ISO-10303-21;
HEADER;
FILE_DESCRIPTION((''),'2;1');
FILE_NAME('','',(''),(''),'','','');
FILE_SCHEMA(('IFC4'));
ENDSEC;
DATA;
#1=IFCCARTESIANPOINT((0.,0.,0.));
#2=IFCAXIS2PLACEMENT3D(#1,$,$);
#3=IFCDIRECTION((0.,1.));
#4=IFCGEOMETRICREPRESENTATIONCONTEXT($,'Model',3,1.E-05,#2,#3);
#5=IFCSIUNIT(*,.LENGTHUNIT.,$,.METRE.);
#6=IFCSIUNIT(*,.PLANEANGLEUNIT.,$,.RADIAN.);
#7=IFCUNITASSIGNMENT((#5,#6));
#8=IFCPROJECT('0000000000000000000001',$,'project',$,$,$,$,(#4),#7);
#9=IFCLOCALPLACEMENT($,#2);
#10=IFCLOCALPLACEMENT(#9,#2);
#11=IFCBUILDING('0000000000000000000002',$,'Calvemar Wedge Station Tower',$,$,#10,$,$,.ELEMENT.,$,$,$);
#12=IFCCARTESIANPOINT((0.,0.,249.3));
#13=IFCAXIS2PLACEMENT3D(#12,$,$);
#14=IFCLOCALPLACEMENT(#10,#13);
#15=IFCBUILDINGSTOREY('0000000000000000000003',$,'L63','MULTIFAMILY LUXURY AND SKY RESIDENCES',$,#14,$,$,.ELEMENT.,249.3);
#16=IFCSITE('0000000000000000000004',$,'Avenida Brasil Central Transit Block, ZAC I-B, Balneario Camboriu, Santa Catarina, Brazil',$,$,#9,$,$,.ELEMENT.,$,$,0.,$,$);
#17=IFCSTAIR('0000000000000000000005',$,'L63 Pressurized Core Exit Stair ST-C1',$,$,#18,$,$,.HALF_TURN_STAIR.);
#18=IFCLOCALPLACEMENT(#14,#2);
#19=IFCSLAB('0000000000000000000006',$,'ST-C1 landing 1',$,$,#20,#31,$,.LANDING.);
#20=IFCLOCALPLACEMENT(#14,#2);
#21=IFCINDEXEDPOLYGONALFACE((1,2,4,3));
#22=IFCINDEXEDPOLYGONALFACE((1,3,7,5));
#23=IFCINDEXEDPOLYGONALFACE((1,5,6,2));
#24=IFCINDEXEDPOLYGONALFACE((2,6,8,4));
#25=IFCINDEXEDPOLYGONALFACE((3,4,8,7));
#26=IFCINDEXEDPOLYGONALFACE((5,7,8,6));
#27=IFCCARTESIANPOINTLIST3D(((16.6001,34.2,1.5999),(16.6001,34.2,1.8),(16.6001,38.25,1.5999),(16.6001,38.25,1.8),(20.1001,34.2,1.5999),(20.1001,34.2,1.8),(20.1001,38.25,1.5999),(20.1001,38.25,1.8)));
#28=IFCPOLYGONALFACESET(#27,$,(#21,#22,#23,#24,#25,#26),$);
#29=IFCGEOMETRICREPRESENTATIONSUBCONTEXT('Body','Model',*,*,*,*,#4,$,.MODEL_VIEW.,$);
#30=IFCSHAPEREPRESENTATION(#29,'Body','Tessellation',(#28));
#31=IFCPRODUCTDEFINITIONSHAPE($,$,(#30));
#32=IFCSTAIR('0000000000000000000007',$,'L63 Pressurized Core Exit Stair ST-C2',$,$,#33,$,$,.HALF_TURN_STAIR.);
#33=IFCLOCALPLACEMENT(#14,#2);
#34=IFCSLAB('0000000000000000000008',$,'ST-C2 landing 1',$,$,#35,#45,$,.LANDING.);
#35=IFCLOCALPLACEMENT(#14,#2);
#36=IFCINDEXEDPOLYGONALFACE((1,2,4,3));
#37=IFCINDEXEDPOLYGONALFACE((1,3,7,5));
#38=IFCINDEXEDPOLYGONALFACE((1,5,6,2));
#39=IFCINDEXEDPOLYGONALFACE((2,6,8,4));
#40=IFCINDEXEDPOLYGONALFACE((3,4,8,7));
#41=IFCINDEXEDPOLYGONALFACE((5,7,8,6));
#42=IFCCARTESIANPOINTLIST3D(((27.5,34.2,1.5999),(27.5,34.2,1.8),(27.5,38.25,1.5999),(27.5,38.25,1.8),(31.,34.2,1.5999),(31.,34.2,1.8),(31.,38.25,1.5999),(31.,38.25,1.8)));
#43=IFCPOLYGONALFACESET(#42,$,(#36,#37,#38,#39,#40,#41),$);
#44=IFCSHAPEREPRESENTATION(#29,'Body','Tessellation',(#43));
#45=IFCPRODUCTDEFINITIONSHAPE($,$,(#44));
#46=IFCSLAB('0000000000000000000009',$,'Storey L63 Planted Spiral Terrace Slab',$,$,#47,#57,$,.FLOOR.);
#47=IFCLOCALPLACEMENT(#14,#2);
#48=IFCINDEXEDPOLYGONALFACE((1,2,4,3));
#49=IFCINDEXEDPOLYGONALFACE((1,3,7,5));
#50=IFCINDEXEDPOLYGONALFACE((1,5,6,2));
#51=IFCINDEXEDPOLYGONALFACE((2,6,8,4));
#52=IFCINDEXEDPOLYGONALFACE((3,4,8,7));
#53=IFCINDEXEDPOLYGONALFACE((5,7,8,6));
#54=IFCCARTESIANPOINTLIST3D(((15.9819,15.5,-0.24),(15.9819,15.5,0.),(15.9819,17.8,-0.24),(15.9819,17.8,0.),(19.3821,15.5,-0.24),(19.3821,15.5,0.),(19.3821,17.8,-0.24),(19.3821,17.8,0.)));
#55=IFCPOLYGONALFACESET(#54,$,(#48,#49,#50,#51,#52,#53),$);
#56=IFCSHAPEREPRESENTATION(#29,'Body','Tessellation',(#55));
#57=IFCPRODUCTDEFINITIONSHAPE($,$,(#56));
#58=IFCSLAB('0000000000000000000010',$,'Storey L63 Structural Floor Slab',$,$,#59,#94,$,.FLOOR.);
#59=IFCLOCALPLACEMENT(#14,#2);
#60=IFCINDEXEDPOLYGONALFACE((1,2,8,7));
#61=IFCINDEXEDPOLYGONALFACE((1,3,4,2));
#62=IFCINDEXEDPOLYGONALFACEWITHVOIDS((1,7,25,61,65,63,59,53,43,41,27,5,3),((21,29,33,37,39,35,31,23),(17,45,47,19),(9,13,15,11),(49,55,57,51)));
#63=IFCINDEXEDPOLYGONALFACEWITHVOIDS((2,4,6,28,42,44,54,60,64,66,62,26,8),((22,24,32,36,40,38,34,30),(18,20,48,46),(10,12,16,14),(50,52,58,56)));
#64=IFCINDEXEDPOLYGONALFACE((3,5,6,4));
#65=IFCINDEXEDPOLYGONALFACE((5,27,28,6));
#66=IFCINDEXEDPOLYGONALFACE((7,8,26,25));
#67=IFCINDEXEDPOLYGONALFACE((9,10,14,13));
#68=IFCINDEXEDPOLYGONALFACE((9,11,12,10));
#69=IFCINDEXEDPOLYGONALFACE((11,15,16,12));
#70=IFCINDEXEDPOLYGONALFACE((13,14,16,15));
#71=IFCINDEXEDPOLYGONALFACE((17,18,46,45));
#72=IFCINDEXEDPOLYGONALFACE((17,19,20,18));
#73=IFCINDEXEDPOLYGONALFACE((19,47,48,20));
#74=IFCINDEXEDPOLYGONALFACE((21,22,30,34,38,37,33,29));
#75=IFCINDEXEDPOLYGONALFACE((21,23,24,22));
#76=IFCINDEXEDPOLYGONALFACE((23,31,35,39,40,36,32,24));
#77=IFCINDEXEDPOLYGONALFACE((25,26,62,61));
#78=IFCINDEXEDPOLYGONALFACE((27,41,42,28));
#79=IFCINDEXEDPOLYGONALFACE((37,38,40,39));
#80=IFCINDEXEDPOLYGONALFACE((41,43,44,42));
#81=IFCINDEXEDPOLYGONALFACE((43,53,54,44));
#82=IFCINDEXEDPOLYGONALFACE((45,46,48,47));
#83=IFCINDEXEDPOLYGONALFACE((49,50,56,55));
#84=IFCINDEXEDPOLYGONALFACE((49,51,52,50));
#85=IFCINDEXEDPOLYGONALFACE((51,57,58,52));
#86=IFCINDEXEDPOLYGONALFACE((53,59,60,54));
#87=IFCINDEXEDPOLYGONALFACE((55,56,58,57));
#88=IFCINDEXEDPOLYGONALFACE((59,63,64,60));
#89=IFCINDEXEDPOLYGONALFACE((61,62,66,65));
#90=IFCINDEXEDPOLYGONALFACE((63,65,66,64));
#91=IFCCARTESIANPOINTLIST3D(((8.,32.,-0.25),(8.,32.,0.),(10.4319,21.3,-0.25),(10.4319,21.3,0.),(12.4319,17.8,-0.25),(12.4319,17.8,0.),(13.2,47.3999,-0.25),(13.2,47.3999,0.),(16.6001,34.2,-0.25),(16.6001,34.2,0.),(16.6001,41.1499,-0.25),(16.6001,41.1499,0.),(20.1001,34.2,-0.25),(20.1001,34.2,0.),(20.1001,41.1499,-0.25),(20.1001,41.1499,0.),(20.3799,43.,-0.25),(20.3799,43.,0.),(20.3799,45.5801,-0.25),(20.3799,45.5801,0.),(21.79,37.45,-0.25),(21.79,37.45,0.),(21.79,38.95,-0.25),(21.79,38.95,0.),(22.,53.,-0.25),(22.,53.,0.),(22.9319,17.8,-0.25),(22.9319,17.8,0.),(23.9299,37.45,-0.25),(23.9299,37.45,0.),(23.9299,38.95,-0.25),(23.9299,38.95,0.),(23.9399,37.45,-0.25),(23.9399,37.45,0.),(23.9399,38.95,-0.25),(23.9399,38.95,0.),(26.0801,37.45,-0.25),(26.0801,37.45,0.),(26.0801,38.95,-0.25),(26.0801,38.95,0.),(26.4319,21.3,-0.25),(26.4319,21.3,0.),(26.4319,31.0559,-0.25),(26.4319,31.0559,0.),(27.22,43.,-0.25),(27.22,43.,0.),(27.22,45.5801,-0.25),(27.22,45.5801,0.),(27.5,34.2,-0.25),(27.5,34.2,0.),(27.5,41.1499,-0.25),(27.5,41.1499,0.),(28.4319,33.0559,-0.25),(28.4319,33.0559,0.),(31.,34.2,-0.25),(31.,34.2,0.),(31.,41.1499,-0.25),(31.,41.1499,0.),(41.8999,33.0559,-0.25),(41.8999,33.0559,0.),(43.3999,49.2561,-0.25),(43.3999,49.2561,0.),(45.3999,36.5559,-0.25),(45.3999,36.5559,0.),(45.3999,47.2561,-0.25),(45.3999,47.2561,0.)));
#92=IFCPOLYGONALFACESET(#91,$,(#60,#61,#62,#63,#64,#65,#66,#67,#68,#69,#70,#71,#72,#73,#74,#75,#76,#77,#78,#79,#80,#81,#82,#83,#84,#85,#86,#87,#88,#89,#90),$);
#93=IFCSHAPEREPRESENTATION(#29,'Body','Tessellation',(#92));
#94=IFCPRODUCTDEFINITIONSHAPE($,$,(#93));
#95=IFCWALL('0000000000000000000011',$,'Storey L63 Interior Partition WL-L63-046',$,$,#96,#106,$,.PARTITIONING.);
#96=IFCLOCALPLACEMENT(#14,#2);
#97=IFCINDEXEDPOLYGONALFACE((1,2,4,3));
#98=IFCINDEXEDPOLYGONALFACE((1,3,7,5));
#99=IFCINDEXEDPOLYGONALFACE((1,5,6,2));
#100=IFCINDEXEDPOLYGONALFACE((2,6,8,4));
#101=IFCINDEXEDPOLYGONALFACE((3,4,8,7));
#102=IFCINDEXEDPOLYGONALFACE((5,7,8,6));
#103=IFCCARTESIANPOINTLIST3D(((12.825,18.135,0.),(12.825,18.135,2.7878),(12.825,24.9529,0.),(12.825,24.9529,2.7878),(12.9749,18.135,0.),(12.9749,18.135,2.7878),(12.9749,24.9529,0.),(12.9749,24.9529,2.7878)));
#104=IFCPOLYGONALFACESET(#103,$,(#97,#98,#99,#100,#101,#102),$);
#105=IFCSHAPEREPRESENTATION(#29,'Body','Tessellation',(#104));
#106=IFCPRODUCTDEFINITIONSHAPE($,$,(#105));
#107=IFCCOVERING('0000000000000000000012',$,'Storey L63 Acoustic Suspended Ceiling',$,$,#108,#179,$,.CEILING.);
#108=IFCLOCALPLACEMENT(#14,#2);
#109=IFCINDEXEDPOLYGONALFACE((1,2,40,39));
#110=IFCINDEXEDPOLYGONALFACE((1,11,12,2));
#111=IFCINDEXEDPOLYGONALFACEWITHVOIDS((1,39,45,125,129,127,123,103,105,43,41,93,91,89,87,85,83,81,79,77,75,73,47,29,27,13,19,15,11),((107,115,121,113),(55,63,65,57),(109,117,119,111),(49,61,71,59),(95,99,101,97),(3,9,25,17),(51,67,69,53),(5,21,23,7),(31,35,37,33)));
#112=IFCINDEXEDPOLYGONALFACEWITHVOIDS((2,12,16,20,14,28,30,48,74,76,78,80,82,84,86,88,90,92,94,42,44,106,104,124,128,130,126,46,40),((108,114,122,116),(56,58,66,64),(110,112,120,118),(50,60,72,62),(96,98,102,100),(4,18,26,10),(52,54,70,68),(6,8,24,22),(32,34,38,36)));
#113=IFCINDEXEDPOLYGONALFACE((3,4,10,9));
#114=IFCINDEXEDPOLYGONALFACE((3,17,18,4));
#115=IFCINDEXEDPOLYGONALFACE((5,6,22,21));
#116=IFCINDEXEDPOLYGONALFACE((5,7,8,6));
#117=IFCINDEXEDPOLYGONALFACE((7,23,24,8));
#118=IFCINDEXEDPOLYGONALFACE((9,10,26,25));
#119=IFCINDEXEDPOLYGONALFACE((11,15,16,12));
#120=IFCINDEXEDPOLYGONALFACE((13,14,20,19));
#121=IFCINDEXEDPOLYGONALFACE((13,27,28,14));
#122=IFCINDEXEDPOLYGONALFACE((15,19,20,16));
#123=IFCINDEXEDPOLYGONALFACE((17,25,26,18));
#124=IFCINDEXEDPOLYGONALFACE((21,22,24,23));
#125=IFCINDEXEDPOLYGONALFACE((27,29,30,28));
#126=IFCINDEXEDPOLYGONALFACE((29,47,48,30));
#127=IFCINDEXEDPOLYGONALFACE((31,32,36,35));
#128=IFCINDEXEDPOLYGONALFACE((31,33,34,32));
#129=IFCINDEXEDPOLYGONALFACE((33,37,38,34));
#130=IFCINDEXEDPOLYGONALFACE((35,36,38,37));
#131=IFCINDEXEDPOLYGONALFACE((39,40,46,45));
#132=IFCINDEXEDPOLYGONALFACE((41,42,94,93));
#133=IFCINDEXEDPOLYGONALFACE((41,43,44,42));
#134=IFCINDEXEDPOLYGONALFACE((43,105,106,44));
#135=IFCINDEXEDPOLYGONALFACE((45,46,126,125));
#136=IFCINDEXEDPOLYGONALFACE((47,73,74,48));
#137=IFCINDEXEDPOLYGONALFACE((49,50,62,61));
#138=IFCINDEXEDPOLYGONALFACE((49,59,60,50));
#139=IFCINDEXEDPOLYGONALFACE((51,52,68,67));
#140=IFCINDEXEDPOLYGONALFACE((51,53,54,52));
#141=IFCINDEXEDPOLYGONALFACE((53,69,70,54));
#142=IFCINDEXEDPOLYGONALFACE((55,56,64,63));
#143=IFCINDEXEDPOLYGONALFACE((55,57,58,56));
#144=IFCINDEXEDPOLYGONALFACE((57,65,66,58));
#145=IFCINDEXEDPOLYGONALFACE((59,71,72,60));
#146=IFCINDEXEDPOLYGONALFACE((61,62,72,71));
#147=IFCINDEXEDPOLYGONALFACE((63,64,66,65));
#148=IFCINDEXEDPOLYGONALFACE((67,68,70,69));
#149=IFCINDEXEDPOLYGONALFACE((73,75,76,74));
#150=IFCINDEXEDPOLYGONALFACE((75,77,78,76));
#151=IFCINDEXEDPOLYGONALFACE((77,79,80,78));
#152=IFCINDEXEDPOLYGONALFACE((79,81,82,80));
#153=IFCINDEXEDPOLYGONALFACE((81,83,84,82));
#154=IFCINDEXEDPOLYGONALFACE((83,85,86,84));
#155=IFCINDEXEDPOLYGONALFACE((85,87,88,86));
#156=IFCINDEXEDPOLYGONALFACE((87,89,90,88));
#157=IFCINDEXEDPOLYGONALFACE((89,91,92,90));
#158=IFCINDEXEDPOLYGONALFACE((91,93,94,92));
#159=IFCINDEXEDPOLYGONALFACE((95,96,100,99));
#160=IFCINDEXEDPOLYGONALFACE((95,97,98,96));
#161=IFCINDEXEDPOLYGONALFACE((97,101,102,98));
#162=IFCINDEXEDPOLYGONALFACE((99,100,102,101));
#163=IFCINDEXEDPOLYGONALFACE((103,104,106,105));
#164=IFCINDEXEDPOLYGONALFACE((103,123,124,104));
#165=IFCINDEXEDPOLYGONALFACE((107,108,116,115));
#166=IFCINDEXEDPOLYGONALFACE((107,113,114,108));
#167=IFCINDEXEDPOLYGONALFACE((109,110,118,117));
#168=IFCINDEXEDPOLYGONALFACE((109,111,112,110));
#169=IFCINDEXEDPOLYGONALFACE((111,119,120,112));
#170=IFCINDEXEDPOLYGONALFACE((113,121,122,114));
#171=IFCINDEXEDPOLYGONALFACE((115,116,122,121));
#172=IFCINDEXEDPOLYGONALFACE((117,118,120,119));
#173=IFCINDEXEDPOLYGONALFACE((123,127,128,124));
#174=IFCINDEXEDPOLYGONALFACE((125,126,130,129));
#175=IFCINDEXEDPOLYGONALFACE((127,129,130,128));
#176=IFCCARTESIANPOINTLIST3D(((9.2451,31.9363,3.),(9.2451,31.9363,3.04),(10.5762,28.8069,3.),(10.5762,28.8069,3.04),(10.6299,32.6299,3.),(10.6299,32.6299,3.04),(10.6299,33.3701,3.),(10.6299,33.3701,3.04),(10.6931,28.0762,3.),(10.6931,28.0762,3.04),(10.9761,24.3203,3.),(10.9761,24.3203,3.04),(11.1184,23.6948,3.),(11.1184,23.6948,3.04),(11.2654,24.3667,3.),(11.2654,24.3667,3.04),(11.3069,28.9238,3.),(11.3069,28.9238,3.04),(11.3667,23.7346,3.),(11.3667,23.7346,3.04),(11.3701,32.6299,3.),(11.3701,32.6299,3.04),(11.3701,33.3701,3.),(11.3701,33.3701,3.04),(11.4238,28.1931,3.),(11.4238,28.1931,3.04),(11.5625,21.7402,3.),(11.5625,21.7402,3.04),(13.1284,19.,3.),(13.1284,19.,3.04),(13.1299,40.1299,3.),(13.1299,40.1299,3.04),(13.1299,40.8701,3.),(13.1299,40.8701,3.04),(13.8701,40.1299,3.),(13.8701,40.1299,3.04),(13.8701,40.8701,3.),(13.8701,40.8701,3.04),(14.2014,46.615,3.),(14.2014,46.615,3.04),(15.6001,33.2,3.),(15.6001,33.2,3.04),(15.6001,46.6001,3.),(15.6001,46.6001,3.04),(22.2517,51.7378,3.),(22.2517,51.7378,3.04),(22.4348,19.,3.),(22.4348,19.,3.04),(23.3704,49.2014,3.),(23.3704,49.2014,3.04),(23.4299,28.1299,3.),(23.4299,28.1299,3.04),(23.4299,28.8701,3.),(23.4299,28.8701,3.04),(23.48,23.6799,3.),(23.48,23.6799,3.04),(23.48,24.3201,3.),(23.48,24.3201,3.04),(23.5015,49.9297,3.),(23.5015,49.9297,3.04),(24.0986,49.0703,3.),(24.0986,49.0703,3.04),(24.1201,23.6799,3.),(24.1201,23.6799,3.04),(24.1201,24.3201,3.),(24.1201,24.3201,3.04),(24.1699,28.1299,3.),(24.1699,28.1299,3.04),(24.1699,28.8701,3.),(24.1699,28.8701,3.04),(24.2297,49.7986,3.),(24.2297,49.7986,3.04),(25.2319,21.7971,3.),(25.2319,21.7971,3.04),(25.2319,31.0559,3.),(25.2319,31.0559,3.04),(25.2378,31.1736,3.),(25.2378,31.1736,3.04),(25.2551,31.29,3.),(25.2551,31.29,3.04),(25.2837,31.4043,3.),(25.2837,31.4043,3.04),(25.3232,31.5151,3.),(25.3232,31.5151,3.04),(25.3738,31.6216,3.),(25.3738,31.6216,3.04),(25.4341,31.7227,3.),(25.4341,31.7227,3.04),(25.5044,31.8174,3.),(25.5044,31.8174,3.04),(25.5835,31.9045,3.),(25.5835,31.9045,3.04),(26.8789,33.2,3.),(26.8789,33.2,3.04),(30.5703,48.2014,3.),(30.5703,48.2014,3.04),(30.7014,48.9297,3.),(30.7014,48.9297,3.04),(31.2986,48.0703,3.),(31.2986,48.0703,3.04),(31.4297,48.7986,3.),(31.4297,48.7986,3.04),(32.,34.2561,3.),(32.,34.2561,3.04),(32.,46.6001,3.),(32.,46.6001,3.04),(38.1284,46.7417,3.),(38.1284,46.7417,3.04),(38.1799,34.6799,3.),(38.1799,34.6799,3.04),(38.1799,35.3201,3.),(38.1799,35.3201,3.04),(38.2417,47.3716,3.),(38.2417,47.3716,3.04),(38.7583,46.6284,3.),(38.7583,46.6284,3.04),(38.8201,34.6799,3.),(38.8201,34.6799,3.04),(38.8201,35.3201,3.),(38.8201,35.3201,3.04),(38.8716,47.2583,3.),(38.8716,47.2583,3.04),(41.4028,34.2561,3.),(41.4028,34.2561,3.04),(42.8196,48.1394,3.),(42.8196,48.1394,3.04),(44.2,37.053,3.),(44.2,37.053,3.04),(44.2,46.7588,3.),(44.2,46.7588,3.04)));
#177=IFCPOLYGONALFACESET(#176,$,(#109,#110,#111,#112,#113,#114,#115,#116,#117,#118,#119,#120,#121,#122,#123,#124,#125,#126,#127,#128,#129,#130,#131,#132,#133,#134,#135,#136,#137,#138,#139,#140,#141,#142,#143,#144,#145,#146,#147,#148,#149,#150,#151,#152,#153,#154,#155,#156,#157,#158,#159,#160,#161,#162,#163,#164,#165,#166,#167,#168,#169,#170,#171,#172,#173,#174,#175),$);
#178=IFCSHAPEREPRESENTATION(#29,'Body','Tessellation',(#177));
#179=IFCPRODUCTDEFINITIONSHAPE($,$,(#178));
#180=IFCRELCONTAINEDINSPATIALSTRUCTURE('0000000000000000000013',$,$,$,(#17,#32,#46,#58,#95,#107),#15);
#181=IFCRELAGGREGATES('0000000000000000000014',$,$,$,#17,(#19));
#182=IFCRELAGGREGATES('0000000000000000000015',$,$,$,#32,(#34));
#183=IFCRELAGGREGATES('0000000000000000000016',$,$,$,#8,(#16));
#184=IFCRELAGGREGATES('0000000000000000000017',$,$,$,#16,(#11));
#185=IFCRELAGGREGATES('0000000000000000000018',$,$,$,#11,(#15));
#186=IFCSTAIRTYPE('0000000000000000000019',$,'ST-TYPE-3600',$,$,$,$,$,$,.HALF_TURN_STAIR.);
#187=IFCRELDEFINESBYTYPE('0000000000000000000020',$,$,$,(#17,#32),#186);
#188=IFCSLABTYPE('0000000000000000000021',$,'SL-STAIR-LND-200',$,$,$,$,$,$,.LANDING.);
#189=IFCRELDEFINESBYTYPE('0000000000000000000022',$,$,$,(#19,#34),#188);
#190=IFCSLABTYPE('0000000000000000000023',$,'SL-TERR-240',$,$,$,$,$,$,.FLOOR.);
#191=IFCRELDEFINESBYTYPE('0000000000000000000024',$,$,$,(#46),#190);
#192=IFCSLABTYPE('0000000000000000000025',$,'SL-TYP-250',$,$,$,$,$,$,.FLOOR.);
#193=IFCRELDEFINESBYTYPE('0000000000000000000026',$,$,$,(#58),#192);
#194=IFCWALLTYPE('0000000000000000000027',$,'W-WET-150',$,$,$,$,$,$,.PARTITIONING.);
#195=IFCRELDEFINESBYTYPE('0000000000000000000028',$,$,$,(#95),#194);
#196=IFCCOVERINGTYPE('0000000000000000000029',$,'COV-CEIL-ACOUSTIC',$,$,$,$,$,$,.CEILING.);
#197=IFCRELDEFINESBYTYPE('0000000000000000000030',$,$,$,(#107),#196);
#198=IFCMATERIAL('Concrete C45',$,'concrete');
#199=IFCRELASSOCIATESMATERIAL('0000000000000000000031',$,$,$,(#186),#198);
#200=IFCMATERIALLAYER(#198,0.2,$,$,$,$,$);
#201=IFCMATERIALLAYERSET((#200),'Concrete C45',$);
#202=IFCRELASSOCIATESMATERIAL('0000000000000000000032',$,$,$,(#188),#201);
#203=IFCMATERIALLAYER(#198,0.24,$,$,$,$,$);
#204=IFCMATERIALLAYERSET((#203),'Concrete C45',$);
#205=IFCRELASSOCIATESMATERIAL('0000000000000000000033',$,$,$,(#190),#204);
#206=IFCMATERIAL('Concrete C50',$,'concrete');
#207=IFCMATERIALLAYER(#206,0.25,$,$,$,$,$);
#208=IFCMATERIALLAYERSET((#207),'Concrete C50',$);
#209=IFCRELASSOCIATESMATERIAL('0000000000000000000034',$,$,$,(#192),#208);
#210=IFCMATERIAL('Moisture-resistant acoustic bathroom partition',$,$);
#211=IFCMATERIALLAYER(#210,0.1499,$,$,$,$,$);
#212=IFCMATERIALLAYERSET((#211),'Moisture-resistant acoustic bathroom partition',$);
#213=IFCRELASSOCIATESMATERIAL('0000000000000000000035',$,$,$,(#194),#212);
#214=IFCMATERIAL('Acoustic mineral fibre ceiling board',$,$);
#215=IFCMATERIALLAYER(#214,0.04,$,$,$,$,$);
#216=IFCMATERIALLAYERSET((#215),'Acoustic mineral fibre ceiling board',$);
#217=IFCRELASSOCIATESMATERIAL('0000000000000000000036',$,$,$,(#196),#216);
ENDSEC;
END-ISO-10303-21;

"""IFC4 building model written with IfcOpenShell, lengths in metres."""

from ifc_helpers import new_model, si_unit, direction, frame, frame_2d, origin, place, context, subcontext, project, spatial, polyline, rectangle, outline, extrude, material, layer, layer_set, type_object, element, aggregate, save


model = new_model("IFC4")

# Units and contexts
model_context = context("Model", 3, precision=1e-05, world=origin(), true_north=direction((0.0, 1.0)))
body_context = subcontext(model_context, "Body", "Model", "MODEL_VIEW")
ifc_project = project(units=[si_unit("LENGTHUNIT", "METRE"), si_unit("PLANEANGLEUNIT", "RADIAN")], contexts=[model_context])

# Site, building, storey
site_placement = place(None, origin())
site = spatial("IfcSite", under=ifc_project, at=site_placement, Name="Avenida Brasil Central Transit Block, ZAC I-B, Balneario Camboriu, Santa Catarina, Brazil", CompositionType="ELEMENT", RefElevation=0.0)
building_placement = place(site_placement, origin())
building = spatial("IfcBuilding", under=site, at=building_placement, Name="Calvemar Wedge Station Tower", CompositionType="ELEMENT")
storey_placement = place(building_placement, frame((0.0, 0.0, 249.3)))
storey = spatial("IfcBuildingStorey", under=building, at=storey_placement, Name="L63", Description="MULTIFAMILY LUXURY AND SKY RESIDENCES", CompositionType="ELEMENT", Elevation=249.3)

# Stairs, slabs
ifc_material_1 = material(Name="Concrete C45", Category="concrete")
stair_type = type_object("IfcStairType", Name="ST-TYPE-3600", PredefinedType="HALF_TURN_STAIR", material=ifc_material_1)
stair_1_placement = place(storey_placement, origin())
stair_1 = element("IfcStair", 1, at=stair_1_placement, inside=storey, type_object=stair_type, Name="L63 Pressurized Core Exit Stair ST-C1", PredefinedType="HALF_TURN_STAIR")
ifc_layer_1 = layer(ifc_material_1, 0.2)
ifc_layer_set_1 = layer_set([ifc_layer_1], Name="Concrete C45")
slab_type_1 = type_object("IfcSlabType", Name="SL-STAIR-LND-200", PredefinedType="LANDING", material=ifc_layer_set_1)
slab_1_placement = place(storey_placement, frame((0.0, 0.0, 1.5999)))
slab_1 = element("IfcSlab", 2, at=slab_1_placement, type_object=slab_type_1, Name="ST-C1 landing 1", PredefinedType="LANDING", context=body_context, shape_type="SweptSolid", body=[
    extrude(outline(polyline([(16.6001, 38.25), (16.6001, 34.2), (20.1001, 34.2), (20.1001, 38.25), (16.6001, 38.25)])), origin(), (0.0, 0.0, 1.0), 0.2002),
])
aggregate(stair_1, [slab_1])
stair_2_placement = place(storey_placement, origin())
stair_2 = element("IfcStair", 3, at=stair_2_placement, inside=storey, type_object=stair_type, Name="L63 Pressurized Core Exit Stair ST-C2", PredefinedType="HALF_TURN_STAIR")
slab_2_placement = place(storey_placement, frame((0.0, 0.0, 1.5999)))
slab_2 = element("IfcSlab", 4, at=slab_2_placement, type_object=slab_type_1, Name="ST-C2 landing 1", PredefinedType="LANDING", context=body_context, shape_type="SweptSolid", body=[
    extrude(outline(polyline([(27.5, 38.25), (27.5, 34.2), (31.0, 34.2), (31.0, 38.25), (27.5, 38.25)])), origin(), (0.0, 0.0, 1.0), 0.2002),
])
aggregate(stair_2, [slab_2])

# Slabs
ifc_layer_2 = layer(ifc_material_1, 0.24)
ifc_layer_set_2 = layer_set([ifc_layer_2], Name="Concrete C45")
slab_type_2 = type_object("IfcSlabType", Name="SL-TERR-240", PredefinedType="FLOOR", material=ifc_layer_set_2)
slab_3_placement = place(storey_placement, frame((0.0, 0.0, -0.24)))
element("IfcSlab", 5, at=slab_3_placement, inside=storey, type_object=slab_type_2, Name="Storey L63 Planted Spiral Terrace Slab", PredefinedType="FLOOR", context=body_context, shape_type="SweptSolid", body=[
    extrude(outline(polyline([(15.9819, 17.8), (15.9819, 15.5), (19.3821, 15.5), (19.3821, 17.8), (15.9819, 17.8)])), origin(), (0.0, 0.0, 1.0), 0.24),
])
ifc_material_2 = material(Name="Concrete C50", Category="concrete")
ifc_layer_3 = layer(ifc_material_2, 0.25)
ifc_layer_set_3 = layer_set([ifc_layer_3], Name="Concrete C50")
slab_type_3 = type_object("IfcSlabType", Name="SL-TYP-250", PredefinedType="FLOOR", material=ifc_layer_set_3)
slab_4_placement = place(storey_placement, frame((0.0, 0.0, -0.25)))
element("IfcSlab", 6, at=slab_4_placement, inside=storey, type_object=slab_type_3, Name="Storey L63 Structural Floor Slab", PredefinedType="FLOOR", context=body_context, shape_type="SweptSolid", body=[
    extrude(outline(polyline([(8.0, 32.0), (10.4319, 21.3), (12.4319, 17.8), (22.9319, 17.8), (26.4319, 21.3), (26.4319, 31.0559), (28.4319, 33.0559), (41.8999, 33.0559), (45.3999, 36.5559), (45.3999, 47.2561), (43.3999, 49.2561), (22.0, 53.0), (13.2, 47.3999), (8.0, 32.0)]), holes=[polyline([(20.1001, 34.2), (20.1001, 41.1499), (16.6001, 41.1499), (16.6001, 34.2), (20.1001, 34.2)]), polyline([(31.0, 34.2), (31.0, 41.1499), (27.5, 41.1499), (27.5, 34.2), (31.0, 34.2)]), polyline([(23.9299, 38.95), (21.79, 38.95), (21.79, 37.45), (23.9299, 37.45), (23.9399, 37.45), (26.0801, 37.45), (26.0801, 38.95), (23.9399, 38.95), (23.9299, 38.95)]), polyline([(27.22, 43.0), (27.22, 45.5801), (20.3799, 45.5801), (20.3799, 43.0), (27.22, 43.0)])]), origin(), (0.0, 0.0, 1.0), 0.25),
])

# Wall
ifc_material_3 = material(Name="Moisture-resistant acoustic bathroom partition")
ifc_layer_4 = layer(ifc_material_3, 0.1499)
ifc_layer_set_4 = layer_set([ifc_layer_4], Name="Moisture-resistant acoustic bathroom partition")
wall_type_1 = type_object("IfcWallType", Name="W-WET-150", PredefinedType="PARTITIONING", material=ifc_layer_set_4)
wall_1_placement = place(storey_placement, frame((12.8999, 18.135, 0.0), z_axis=(0.0, 0.0, 1.0), x_axis=(0.0, 1.0, 0.0)))
element("IfcWall", 7, at=wall_1_placement, inside=storey, type_object=wall_type_1, Name="Storey L63 Interior Partition WL-L63-046", PredefinedType="PARTITIONING", context=body_context, shape_type="SweptSolid", body=[
    extrude(rectangle(XDim=6.8179, YDim=0.1499, at=frame_2d((3.4089, 0.0))), origin(), (0.0, 0.0, 1.0), 2.7878),
])

# Covering
ifc_material_4 = material(Name="Acoustic mineral fibre ceiling board")
ifc_layer_5 = layer(ifc_material_4, 0.04)
ifc_layer_set_5 = layer_set([ifc_layer_5], Name="Acoustic mineral fibre ceiling board")
covering_type_1 = type_object("IfcCoveringType", Name="COV-CEIL-ACOUSTIC", PredefinedType="CEILING", material=ifc_layer_set_5)
covering_1_placement = place(storey_placement, frame((0.0, 0.0, 3.0)))
element("IfcCovering", 8, at=covering_1_placement, inside=storey, type_object=covering_type_1, Name="Storey L63 Acoustic Suspended Ceiling", PredefinedType="CEILING", context=body_context, shape_type="SweptSolid", body=[
    extrude(outline(polyline([(15.6001, 33.2), (15.6001, 46.6001), (32.0, 46.6001), (32.0, 34.2561), (41.4028, 34.2561), (44.2, 37.053), (44.2, 46.7588), (42.8196, 48.1394), (22.2517, 51.7378), (14.2014, 46.615), (9.2451, 31.9363), (10.9761, 24.3203), (11.2654, 24.3667), (11.3667, 23.7346), (11.1184, 23.6948), (11.5625, 21.7402), (13.1284, 19.0), (22.4348, 19.0), (25.2319, 21.7971), (25.2319, 31.0559), (25.2378, 31.1736), (25.2551, 31.29), (25.2837, 31.4043), (25.3232, 31.5151), (25.3738, 31.6216), (25.4341, 31.7227), (25.5044, 31.8174), (25.5835, 31.9045), (26.8789, 33.2), (15.6001, 33.2)]), holes=[polyline([(11.3701, 33.3701), (11.3701, 32.6299), (10.6299, 32.6299), (10.6299, 33.3701), (11.3701, 33.3701)]), polyline([(13.8701, 40.1299), (13.1299, 40.1299), (13.1299, 40.8701), (13.8701, 40.8701), (13.8701, 40.1299)]), polyline([(23.3704, 49.2014), (23.5015, 49.9297), (24.2297, 49.7986), (24.0986, 49.0703), (23.3704, 49.2014)]), polyline([(30.7014, 48.9297), (31.4297, 48.7986), (31.2986, 48.0703), (30.5703, 48.2014), (30.7014, 48.9297)]), polyline([(38.8716, 47.2583), (38.7583, 46.6284), (38.1284, 46.7417), (38.2417, 47.3716), (38.8716, 47.2583)]), polyline([(38.8201, 34.6799), (38.1799, 34.6799), (38.1799, 35.3201), (38.8201, 35.3201), (38.8201, 34.6799)]), polyline([(10.5762, 28.8069), (11.3069, 28.9238), (11.4238, 28.1931), (10.6931, 28.0762), (10.5762, 28.8069)]), polyline([(24.1699, 28.8701), (24.1699, 28.1299), (23.4299, 28.1299), (23.4299, 28.8701), (24.1699, 28.8701)]), polyline([(24.1201, 23.6799), (23.48, 23.6799), (23.48, 24.3201), (24.1201, 24.3201), (24.1201, 23.6799)])]), origin(), (0.0, 0.0, 1.0), 0.04),
])

save(model, "model.ifc")
